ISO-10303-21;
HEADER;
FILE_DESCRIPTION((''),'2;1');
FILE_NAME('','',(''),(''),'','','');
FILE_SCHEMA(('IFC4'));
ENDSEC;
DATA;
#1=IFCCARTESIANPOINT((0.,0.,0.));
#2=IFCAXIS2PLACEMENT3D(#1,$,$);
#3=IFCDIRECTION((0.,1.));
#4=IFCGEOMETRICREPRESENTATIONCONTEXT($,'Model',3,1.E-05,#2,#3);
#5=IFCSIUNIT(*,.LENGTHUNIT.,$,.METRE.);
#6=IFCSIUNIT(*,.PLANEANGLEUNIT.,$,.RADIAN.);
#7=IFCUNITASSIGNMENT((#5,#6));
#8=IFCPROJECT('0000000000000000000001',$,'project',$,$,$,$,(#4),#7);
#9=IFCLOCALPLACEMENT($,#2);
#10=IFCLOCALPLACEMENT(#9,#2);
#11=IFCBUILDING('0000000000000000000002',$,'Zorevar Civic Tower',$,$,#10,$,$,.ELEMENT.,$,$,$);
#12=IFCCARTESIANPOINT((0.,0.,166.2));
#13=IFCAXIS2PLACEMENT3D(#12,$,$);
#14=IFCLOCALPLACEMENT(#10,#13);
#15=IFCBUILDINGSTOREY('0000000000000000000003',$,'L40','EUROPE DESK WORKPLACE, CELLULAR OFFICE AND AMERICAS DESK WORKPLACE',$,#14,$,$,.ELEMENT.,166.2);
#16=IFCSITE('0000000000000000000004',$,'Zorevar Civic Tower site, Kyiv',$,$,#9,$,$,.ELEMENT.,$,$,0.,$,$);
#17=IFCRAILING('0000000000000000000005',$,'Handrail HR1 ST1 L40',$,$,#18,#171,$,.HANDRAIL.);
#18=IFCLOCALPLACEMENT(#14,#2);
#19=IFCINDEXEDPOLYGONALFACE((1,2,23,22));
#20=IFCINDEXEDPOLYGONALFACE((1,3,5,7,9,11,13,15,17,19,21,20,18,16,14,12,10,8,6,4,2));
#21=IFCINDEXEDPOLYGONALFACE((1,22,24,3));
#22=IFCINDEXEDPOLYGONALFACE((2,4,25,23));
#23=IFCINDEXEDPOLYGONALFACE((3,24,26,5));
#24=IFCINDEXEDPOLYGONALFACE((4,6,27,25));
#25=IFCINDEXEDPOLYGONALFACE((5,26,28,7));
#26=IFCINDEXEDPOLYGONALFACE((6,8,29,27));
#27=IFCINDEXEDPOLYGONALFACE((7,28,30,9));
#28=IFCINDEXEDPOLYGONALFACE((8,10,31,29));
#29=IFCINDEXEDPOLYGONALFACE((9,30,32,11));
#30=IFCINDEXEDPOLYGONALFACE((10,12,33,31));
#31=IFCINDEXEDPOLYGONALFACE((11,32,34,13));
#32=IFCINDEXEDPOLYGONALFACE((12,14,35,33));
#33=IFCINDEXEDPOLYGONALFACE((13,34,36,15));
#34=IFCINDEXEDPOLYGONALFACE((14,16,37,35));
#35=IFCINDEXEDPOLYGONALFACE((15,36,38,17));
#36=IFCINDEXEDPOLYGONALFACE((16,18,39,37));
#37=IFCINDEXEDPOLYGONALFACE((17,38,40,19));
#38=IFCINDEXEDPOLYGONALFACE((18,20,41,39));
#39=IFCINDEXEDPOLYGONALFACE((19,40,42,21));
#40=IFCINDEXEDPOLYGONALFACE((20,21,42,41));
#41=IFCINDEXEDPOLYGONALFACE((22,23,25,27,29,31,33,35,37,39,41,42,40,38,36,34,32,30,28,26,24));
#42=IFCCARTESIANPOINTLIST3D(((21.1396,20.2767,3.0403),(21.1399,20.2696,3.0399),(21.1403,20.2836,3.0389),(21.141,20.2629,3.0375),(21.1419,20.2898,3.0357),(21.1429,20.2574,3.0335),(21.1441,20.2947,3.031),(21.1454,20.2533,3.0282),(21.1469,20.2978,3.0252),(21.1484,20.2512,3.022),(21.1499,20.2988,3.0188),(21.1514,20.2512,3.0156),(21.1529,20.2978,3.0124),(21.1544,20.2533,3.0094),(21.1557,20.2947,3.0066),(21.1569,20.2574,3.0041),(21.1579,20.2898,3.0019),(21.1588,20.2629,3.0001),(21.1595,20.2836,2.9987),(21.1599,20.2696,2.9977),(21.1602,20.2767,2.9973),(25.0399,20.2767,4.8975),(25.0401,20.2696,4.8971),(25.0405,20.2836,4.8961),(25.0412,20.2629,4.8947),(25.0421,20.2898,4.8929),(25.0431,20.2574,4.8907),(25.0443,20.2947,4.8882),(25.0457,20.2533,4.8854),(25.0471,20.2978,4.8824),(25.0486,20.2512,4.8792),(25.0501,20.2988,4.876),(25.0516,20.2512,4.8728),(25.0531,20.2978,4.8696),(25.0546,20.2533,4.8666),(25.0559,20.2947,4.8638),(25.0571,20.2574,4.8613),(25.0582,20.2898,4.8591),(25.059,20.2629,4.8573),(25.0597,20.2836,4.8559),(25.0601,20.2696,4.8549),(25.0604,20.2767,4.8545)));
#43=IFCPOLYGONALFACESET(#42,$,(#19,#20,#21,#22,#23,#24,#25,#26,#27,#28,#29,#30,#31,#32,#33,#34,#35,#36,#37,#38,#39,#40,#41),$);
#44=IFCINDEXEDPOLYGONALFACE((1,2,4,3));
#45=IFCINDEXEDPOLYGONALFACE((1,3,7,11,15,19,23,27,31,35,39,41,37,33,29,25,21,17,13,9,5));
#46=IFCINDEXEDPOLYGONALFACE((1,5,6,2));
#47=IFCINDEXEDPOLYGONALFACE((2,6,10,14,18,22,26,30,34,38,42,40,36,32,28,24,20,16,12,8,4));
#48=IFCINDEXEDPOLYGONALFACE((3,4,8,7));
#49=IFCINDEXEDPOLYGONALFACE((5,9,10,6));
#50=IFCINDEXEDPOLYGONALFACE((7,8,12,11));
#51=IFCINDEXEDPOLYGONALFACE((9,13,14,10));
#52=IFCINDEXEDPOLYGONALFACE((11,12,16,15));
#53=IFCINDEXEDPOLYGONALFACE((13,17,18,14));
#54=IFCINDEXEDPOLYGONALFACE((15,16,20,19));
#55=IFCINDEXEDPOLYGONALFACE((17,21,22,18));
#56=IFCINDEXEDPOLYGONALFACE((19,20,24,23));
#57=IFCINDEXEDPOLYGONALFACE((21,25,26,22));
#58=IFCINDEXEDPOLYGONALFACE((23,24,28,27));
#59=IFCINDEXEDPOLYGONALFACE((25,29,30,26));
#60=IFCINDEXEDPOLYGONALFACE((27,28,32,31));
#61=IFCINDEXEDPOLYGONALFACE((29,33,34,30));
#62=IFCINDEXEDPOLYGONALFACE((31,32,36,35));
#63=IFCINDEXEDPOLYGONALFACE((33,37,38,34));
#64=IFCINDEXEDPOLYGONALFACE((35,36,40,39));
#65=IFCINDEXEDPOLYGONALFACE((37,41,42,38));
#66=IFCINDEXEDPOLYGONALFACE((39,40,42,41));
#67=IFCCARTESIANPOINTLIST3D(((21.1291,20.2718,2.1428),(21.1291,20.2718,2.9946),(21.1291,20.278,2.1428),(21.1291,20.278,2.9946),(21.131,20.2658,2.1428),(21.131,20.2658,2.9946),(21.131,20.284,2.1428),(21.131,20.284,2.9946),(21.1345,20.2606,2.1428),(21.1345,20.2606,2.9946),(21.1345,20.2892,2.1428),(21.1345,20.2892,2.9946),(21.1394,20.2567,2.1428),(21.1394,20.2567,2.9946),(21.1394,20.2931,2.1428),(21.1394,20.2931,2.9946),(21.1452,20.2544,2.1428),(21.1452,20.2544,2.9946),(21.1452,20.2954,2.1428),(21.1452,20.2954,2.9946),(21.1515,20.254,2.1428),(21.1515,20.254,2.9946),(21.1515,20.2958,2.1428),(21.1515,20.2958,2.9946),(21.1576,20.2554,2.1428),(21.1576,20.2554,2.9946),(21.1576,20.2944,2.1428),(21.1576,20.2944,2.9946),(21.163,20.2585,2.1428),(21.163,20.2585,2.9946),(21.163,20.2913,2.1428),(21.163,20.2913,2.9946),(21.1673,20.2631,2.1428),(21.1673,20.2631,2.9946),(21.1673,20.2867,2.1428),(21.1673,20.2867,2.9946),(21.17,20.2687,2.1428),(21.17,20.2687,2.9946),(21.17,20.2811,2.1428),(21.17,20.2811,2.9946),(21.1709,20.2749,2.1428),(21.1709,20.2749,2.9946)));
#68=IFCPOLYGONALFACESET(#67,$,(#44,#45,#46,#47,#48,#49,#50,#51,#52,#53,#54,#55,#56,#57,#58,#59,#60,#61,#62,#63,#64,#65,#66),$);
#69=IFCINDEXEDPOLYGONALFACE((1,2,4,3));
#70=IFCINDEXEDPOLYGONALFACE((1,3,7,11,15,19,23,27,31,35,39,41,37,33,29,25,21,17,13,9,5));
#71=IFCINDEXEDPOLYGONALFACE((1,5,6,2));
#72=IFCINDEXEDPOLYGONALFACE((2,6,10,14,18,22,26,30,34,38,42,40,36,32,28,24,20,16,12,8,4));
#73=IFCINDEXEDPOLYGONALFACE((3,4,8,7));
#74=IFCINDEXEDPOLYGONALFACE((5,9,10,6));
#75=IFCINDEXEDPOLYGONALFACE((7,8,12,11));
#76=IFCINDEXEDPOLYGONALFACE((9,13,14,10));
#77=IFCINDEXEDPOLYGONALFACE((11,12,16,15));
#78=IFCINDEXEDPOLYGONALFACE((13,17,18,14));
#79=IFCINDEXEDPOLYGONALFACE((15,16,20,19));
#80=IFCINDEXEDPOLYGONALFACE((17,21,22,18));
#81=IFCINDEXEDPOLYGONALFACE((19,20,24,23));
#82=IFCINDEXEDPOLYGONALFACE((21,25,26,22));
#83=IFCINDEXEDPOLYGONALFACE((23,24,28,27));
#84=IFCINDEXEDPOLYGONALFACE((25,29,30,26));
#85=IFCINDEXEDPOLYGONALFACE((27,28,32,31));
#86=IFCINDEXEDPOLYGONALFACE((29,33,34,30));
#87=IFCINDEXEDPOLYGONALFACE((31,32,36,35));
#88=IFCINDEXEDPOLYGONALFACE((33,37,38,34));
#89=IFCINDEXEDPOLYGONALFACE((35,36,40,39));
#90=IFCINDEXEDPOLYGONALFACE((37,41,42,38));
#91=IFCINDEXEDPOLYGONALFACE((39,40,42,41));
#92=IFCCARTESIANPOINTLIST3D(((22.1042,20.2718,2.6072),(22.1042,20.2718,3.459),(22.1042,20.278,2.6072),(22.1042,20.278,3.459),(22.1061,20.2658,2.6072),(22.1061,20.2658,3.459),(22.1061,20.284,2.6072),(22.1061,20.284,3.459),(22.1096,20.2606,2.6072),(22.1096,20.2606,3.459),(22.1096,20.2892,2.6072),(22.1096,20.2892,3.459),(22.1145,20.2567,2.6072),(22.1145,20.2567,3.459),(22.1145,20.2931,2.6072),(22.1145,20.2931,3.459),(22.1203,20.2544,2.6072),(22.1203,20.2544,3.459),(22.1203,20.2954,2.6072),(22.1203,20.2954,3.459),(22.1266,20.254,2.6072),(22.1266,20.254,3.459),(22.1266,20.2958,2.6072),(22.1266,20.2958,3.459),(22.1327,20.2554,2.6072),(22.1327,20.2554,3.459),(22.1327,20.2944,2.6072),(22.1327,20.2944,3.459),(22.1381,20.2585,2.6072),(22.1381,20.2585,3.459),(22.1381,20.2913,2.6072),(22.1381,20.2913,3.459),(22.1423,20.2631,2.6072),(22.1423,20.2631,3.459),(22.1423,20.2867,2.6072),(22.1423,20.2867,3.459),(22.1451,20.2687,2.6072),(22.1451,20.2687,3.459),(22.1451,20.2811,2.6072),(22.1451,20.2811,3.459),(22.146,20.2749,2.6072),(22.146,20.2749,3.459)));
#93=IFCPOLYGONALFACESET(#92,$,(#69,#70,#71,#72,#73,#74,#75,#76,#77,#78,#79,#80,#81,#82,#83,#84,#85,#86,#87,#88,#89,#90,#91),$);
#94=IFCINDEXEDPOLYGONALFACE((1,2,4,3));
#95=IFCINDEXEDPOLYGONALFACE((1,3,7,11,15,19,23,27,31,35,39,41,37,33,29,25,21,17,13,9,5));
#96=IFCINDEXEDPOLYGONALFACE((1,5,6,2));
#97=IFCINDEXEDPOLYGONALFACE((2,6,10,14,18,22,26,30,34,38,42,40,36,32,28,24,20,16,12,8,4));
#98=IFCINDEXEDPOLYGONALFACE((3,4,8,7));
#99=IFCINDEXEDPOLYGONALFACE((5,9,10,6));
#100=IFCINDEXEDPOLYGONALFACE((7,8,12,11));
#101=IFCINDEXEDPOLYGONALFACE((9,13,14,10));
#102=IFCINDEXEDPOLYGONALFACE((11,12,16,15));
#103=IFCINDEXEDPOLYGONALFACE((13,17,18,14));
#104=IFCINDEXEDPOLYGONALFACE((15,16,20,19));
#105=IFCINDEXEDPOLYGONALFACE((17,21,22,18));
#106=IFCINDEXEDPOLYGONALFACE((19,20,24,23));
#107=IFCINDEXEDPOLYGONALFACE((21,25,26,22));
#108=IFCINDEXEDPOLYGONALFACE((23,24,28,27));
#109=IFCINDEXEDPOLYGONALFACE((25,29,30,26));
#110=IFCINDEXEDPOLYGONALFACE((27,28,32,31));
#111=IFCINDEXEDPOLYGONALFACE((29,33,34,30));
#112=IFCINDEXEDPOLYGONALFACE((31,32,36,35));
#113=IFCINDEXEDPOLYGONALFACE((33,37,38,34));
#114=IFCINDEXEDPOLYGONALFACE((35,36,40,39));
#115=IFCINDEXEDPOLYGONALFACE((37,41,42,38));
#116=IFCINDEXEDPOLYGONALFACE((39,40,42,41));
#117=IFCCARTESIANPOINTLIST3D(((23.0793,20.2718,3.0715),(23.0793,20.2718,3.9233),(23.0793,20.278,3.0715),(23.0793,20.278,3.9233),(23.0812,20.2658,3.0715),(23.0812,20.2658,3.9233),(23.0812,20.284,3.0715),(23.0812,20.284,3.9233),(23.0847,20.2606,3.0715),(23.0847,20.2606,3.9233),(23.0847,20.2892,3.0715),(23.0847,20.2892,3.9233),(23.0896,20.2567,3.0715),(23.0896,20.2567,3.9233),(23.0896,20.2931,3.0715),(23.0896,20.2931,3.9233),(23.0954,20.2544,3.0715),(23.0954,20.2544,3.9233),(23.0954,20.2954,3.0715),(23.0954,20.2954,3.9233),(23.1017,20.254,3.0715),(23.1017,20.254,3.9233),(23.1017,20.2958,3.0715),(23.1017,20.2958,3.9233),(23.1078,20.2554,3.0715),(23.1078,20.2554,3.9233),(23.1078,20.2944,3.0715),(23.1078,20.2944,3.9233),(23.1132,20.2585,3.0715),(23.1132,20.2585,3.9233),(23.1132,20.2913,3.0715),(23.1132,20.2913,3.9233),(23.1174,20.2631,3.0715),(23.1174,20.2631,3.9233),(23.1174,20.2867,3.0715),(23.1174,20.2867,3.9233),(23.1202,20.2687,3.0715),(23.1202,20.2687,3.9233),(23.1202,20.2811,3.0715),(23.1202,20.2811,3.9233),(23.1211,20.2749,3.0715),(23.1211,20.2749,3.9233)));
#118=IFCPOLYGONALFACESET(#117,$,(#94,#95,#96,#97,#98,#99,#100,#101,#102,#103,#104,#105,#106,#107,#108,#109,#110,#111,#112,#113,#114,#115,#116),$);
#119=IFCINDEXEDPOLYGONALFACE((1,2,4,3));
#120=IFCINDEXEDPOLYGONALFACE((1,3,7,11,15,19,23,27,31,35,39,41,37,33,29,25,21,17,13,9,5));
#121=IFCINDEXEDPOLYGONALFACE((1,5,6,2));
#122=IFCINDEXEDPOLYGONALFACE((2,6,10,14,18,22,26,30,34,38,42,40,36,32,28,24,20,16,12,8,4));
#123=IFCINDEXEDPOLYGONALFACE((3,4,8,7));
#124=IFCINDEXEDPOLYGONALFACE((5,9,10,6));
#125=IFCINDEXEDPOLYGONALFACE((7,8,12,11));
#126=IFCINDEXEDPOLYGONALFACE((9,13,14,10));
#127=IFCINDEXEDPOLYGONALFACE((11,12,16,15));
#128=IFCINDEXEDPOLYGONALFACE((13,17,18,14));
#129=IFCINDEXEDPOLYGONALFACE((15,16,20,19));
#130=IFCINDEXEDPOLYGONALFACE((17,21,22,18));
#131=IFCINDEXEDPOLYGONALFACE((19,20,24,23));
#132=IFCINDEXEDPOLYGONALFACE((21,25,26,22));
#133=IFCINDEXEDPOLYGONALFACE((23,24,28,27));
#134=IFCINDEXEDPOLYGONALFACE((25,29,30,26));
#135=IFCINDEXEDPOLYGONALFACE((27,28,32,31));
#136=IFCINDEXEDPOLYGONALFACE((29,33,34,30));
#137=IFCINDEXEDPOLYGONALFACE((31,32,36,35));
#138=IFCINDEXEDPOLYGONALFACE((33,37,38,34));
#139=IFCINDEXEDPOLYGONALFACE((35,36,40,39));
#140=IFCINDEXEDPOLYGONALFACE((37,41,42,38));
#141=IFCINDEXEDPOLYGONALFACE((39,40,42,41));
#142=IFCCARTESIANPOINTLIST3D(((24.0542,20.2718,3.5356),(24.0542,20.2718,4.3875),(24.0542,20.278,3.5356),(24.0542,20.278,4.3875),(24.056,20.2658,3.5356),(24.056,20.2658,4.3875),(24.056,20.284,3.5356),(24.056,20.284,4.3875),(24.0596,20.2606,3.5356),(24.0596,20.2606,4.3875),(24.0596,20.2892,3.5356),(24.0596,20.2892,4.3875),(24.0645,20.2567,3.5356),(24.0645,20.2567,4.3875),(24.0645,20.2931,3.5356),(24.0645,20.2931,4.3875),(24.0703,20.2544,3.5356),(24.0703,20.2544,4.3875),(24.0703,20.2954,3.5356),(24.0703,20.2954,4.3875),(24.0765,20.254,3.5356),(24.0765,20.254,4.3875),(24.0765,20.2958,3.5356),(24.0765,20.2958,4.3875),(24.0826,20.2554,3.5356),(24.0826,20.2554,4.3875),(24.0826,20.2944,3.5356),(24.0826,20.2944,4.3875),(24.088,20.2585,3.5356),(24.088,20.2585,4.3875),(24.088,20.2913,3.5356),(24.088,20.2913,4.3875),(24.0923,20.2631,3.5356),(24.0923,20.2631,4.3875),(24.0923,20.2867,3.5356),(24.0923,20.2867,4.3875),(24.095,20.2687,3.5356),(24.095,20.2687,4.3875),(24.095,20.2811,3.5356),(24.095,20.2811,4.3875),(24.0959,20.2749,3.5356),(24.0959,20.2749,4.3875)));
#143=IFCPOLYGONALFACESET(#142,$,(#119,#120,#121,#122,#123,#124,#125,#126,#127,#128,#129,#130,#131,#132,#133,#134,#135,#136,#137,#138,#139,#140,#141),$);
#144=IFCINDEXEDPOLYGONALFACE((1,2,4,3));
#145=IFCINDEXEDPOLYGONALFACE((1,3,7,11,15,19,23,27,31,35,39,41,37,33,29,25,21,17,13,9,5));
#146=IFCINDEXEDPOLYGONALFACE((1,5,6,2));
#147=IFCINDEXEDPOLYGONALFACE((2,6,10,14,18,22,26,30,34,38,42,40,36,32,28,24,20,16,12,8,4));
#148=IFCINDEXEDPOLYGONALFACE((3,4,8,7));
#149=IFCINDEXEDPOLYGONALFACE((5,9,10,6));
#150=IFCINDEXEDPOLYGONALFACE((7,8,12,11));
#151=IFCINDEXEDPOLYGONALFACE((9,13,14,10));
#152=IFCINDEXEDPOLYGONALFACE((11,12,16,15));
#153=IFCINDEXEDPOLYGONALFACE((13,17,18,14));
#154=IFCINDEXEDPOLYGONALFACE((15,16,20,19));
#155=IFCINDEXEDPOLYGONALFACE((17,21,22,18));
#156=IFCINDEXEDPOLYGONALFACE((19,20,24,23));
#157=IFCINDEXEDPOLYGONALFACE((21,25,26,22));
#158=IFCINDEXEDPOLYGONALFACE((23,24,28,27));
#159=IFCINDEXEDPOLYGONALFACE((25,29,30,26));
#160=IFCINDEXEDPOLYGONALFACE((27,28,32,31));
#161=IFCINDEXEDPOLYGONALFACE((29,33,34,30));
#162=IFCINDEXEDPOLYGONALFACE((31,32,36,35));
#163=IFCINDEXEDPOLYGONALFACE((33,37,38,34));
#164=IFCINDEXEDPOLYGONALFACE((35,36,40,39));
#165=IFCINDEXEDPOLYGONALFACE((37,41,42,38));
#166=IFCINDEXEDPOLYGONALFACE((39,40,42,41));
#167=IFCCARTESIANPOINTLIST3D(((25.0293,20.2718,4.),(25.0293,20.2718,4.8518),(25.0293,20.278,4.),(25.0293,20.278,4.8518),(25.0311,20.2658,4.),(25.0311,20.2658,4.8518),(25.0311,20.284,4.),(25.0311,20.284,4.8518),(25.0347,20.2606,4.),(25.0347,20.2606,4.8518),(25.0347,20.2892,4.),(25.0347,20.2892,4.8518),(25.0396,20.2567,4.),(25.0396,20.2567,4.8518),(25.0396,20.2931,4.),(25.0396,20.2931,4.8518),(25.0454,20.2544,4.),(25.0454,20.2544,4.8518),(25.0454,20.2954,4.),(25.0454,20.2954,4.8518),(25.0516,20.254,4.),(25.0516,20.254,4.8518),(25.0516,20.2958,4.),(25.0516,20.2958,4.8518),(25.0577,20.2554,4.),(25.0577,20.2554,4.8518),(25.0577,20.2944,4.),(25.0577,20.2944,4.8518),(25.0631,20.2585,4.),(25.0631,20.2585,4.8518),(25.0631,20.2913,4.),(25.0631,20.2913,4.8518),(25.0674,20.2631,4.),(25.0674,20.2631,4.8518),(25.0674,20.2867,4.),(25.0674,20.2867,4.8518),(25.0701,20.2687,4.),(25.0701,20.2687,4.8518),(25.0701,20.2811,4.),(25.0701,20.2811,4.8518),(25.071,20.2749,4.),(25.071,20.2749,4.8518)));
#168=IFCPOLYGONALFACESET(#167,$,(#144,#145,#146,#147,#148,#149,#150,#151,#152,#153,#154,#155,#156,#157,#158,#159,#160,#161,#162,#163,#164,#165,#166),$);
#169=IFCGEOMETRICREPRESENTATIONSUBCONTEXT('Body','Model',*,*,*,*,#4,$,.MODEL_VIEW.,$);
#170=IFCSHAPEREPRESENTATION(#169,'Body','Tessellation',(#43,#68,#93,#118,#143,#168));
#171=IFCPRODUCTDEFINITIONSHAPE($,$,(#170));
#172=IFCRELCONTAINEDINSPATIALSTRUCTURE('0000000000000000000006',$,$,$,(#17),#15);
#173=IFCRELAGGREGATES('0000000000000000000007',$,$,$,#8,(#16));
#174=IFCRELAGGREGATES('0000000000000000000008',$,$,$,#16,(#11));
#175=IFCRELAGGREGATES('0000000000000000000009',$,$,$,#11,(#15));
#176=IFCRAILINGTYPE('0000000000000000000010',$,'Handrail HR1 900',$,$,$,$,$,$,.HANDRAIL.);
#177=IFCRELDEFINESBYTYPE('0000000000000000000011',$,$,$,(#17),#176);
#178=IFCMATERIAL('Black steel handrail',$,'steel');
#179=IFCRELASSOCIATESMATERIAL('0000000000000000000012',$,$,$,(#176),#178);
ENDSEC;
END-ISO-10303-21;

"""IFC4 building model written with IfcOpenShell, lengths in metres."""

from ifc_helpers import new_model, si_unit, direction, frame, origin, origin_2d, place, context, subcontext, project, spatial, circle, extrude, material, type_object, element, save


model = new_model("IFC4")

# Units and contexts
model_context = context("Model", 3, precision=1e-05, world=origin(), true_north=direction((0.0, 1.0)))
body_context = subcontext(model_context, "Body", "Model", "MODEL_VIEW")
ifc_project = project(units=[si_unit("LENGTHUNIT", "METRE"), si_unit("PLANEANGLEUNIT", "RADIAN")], contexts=[model_context])

# Site, building, storey
site_placement = place(None, origin())
site = spatial("IfcSite", under=ifc_project, at=site_placement, Name="Zorevar Civic Tower site, Kyiv", CompositionType="ELEMENT", RefElevation=0.0)
building_placement = place(site_placement, origin())
building = spatial("IfcBuilding", under=site, at=building_placement, Name="Zorevar Civic Tower", CompositionType="ELEMENT")
storey_placement = place(building_placement, frame((0.0, 0.0, 166.2)))
storey = spatial("IfcBuildingStorey", under=building, at=storey_placement, Name="L40", Description="EUROPE DESK WORKPLACE, CELLULAR OFFICE AND AMERICAS DESK WORKPLACE", CompositionType="ELEMENT", Elevation=166.2)

# Railing
ifc_material_1 = material(Name="Black steel handrail", Category="steel")
railing_type = type_object("IfcRailingType", Name="Handrail HR1 900", PredefinedType="HANDRAIL", material=ifc_material_1)
railing_1_placement = place(storey_placement, frame((21.1499, 20.2749, 2.1428)))
element("IfcRailing", 1, at=railing_1_placement, inside=storey, type_object=railing_type, Name="Handrail HR1 ST1 L40", PredefinedType="HANDRAIL", context=body_context, shape_type="SweptSolid", body=[
    extrude(circle(Radius=0.0239, at=origin_2d()), frame((0.0, 0.0, 0.876), z_axis=(0.902864, 0.0, 0.429927), x_axis=(0.0, 1.0, 0.0)), (0.0, 0.0, 1.0), 4.3198),
    extrude(circle(Radius=0.021, at=origin_2d()), origin(), (0.0, 0.0, 1.0), 0.8518),
    extrude(circle(Radius=0.021, at=origin_2d()), frame((0.9751, 0.0, 0.4644)), (0.0, 0.0, 1.0), 0.8518),
    extrude(circle(Radius=0.021, at=origin_2d()), frame((1.9502, 0.0, 0.9287)), (0.0, 0.0, 1.0), 0.8518),
    extrude(circle(Radius=0.021, at=origin_2d()), frame((2.925, 0.0, 1.3928)), (0.0, 0.0, 1.0), 0.8518),
    extrude(circle(Radius=0.021, at=origin_2d()), frame((3.9001, 0.0, 1.8572)), (0.0, 0.0, 1.0), 0.8518),
])

save(model, "model.ifc")
